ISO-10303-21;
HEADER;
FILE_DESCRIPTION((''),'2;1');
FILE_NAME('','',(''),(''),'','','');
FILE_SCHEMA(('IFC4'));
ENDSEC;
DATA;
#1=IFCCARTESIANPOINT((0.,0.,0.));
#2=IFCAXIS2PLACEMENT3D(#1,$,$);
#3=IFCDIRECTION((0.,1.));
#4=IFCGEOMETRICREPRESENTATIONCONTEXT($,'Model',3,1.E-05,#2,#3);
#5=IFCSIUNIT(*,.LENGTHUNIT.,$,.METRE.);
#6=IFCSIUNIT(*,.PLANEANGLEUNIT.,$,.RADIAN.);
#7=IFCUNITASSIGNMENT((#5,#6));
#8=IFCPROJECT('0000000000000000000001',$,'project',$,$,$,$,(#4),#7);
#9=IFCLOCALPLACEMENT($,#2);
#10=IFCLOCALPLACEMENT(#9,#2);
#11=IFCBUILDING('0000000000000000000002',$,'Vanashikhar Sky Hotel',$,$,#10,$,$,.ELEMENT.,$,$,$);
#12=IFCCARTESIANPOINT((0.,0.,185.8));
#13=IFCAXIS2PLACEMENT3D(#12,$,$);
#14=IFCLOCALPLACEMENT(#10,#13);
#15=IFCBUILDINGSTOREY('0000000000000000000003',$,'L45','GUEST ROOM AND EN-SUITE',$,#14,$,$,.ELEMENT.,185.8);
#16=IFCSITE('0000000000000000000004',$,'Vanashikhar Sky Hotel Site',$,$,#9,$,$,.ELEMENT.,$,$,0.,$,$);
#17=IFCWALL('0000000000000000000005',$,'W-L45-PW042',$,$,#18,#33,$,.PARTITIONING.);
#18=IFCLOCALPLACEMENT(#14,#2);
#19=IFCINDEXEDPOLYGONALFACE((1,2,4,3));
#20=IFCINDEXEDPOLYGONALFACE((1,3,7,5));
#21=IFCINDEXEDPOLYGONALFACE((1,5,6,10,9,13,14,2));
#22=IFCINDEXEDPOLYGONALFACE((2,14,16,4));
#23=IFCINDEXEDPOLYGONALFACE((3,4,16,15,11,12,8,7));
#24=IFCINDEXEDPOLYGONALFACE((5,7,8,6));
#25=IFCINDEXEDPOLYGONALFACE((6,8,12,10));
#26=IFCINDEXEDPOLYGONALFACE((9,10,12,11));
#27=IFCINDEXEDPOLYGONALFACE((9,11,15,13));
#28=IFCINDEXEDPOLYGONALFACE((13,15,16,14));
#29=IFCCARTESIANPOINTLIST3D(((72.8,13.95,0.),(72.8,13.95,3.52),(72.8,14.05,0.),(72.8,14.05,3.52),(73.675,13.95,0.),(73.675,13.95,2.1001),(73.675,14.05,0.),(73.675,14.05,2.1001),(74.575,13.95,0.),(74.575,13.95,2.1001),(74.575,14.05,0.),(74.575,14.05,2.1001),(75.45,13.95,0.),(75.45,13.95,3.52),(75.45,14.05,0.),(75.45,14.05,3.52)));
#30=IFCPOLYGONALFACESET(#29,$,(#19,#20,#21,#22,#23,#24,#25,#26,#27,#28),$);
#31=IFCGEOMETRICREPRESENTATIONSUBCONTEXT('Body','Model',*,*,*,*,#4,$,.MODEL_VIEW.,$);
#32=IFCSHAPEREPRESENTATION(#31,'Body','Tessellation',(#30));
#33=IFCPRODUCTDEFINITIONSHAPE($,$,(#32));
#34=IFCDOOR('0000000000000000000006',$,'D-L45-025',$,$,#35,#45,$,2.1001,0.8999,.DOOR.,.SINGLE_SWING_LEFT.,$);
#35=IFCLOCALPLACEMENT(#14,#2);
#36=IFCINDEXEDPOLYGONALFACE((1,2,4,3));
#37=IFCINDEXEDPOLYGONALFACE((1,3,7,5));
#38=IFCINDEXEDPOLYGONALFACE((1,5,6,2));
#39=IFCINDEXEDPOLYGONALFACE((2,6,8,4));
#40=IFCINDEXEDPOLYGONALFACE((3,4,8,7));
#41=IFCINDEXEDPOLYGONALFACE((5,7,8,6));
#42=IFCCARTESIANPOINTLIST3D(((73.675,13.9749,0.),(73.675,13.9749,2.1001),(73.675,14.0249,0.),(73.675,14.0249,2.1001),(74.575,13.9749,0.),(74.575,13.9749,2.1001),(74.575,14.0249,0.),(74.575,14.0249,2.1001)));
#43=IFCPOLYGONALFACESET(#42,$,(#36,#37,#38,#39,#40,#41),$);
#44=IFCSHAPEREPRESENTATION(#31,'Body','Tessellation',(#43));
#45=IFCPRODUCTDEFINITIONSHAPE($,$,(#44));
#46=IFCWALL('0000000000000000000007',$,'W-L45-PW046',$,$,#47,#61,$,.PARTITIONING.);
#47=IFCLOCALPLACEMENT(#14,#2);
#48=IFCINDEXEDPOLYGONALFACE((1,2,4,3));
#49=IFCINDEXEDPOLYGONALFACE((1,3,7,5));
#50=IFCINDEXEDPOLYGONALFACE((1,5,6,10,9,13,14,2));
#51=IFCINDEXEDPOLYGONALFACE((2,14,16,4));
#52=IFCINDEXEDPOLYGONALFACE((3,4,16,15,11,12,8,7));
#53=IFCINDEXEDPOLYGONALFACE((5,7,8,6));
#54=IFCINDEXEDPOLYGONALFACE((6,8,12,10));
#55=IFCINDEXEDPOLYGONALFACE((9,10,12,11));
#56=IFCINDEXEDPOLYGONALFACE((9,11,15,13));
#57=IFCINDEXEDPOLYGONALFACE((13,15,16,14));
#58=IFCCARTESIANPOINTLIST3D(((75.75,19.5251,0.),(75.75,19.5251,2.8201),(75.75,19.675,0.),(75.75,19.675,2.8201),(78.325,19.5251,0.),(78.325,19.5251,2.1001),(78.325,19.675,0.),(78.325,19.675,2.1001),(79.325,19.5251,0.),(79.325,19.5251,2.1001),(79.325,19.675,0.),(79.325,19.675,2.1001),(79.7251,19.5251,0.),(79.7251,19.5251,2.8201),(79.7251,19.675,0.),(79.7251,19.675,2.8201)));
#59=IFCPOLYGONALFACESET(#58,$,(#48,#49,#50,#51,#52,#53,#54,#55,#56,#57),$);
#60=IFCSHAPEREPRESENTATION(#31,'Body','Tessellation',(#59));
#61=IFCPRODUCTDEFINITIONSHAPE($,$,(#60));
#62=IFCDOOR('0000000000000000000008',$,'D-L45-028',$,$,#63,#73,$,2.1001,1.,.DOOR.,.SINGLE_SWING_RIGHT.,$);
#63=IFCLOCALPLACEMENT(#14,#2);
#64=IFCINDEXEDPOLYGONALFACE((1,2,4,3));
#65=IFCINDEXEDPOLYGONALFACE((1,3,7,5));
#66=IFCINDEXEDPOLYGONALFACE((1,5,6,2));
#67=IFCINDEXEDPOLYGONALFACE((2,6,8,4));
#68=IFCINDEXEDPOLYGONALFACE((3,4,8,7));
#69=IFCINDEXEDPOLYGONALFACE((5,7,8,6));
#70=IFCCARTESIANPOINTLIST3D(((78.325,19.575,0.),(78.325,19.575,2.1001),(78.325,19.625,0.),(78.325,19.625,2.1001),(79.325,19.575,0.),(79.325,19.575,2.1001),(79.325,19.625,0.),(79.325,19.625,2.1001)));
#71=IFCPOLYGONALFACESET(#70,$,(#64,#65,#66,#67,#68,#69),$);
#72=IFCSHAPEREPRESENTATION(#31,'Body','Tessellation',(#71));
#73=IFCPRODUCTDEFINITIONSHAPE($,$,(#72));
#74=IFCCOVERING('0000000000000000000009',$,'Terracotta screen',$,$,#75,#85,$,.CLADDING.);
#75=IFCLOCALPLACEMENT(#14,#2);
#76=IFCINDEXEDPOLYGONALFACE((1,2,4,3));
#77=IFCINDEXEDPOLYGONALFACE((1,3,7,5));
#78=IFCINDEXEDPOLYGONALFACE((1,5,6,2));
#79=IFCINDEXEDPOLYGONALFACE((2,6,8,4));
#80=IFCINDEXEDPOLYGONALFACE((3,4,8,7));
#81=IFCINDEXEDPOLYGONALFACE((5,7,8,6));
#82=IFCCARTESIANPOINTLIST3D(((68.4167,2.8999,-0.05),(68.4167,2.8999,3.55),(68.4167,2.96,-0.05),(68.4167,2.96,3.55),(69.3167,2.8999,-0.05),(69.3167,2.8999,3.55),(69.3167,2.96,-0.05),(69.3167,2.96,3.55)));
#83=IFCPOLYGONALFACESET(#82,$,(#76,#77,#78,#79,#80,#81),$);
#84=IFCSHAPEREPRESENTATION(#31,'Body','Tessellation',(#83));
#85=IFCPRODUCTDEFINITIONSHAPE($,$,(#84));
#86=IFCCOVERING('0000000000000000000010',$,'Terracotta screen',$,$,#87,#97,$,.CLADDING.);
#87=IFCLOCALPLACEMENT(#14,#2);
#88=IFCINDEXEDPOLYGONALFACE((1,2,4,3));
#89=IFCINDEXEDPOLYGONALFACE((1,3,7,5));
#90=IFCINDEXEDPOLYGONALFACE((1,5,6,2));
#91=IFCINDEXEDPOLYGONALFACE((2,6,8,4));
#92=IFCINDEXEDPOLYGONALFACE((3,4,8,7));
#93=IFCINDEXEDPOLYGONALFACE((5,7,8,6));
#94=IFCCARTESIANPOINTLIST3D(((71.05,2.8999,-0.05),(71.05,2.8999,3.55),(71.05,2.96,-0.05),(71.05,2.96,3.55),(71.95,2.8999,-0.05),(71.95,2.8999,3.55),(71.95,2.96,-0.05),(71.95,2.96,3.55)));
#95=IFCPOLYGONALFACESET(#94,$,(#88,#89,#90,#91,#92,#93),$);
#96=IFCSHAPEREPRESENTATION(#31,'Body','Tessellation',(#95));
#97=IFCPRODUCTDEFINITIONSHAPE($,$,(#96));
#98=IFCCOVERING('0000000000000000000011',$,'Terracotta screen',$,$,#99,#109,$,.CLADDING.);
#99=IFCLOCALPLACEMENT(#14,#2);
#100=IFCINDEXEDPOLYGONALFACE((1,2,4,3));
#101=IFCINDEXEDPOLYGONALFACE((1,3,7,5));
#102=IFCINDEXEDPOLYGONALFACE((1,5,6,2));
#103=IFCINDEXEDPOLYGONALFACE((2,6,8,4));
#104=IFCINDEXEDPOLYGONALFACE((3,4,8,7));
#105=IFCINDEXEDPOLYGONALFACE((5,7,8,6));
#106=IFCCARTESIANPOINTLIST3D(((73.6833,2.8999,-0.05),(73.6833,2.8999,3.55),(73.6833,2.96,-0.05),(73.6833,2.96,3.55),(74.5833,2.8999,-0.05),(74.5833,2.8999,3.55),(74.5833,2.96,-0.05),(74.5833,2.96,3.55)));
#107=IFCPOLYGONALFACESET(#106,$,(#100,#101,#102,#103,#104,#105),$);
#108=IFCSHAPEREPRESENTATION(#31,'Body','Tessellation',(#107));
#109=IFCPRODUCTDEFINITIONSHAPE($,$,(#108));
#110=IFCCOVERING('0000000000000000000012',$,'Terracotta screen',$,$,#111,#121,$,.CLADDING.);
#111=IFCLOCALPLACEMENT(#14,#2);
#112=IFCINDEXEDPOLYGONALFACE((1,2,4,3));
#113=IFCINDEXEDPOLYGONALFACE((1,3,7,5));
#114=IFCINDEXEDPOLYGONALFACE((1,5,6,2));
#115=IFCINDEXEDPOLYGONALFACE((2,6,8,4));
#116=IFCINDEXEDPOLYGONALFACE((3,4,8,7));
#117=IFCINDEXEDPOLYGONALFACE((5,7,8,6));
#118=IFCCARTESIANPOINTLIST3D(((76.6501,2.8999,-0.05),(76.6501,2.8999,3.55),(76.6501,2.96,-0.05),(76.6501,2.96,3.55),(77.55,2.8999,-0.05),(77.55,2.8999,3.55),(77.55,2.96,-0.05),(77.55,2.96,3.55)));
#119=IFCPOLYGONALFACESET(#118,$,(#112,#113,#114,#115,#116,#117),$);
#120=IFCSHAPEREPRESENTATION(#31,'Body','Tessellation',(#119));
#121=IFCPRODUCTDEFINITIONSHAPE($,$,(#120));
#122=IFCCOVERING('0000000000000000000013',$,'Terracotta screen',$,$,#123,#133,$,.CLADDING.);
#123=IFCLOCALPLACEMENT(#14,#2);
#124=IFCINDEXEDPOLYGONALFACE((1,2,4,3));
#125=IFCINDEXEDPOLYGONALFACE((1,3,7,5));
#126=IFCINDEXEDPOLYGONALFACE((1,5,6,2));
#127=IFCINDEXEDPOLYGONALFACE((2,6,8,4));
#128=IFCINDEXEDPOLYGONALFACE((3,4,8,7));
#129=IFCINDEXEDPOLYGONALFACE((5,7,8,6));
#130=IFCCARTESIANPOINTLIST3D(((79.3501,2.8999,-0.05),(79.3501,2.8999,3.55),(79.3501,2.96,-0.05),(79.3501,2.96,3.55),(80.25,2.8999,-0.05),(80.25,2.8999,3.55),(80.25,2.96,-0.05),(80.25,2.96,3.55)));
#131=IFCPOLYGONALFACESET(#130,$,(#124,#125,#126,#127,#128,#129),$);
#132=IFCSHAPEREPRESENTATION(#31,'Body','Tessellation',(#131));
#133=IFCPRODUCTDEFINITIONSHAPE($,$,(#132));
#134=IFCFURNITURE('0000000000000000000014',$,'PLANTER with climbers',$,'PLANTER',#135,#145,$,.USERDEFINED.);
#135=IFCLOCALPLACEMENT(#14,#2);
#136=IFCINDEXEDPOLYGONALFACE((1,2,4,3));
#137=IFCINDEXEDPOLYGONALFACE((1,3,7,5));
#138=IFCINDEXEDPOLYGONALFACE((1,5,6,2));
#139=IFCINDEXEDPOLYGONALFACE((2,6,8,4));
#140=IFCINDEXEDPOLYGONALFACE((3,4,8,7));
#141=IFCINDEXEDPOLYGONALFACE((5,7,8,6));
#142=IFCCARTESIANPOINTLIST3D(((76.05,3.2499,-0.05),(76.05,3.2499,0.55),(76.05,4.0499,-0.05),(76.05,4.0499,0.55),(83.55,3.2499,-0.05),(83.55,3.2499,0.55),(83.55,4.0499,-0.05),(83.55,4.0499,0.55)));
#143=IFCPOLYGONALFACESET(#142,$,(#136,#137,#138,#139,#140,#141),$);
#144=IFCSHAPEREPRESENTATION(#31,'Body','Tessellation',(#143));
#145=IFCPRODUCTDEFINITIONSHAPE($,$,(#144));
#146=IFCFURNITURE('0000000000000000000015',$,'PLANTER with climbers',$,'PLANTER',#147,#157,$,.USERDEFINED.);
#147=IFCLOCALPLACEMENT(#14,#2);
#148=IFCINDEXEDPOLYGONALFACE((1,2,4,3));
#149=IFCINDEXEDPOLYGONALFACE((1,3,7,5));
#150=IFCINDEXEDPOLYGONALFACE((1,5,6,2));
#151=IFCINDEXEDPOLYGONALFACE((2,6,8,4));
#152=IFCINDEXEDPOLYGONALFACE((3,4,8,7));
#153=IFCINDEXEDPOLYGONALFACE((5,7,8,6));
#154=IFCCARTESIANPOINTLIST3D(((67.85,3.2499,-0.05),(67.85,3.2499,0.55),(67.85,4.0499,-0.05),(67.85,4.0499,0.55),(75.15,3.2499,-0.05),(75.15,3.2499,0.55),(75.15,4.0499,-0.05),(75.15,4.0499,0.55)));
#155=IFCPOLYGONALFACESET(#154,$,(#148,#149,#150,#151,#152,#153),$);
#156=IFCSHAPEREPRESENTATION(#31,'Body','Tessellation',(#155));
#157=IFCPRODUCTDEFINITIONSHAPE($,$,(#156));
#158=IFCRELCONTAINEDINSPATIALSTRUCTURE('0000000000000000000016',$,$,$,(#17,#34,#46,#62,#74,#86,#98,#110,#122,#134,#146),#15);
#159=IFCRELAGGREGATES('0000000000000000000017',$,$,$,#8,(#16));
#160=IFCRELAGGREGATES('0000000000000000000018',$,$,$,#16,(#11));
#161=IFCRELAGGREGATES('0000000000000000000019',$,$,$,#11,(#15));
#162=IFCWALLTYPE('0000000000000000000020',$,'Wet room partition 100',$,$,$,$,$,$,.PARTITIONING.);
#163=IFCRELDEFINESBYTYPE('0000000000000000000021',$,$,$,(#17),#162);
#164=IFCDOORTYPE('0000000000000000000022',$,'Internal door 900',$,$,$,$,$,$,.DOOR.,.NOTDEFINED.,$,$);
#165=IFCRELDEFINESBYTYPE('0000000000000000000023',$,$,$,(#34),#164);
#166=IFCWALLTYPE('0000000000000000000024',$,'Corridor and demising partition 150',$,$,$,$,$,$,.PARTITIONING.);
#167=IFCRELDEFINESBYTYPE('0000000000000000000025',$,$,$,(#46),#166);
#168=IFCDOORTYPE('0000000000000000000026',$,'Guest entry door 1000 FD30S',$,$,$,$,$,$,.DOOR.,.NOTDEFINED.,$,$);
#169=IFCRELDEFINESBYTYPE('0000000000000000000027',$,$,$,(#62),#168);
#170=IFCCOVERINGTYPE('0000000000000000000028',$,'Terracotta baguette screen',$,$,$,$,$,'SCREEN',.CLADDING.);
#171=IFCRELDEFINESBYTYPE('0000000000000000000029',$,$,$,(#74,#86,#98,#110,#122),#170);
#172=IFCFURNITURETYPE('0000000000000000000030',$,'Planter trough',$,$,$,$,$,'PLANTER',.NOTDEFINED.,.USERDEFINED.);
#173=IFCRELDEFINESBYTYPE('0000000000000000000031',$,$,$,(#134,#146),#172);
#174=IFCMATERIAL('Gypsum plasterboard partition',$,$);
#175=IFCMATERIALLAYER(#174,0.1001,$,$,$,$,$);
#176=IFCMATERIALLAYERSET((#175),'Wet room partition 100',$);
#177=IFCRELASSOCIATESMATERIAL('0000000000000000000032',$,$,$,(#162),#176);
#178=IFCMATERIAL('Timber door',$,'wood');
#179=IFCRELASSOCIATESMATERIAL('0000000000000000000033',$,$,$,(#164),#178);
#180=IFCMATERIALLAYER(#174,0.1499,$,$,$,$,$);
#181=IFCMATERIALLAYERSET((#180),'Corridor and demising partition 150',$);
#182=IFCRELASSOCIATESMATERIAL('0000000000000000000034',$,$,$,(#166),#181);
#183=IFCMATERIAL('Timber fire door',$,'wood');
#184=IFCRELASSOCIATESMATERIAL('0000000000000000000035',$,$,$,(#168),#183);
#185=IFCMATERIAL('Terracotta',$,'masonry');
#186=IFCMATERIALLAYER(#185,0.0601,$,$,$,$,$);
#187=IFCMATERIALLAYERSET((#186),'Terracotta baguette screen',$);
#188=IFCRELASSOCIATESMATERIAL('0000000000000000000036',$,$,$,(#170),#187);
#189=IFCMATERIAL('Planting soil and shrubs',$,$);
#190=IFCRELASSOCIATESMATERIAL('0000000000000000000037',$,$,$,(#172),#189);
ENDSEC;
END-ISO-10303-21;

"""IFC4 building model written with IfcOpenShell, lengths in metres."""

from ifc_helpers import new_model, si_unit, direction, frame, frame_2d, origin, origin_2d, place, context, subcontext, project, spatial, rectangle, extrude, source, transform, mapped, material, layer, layer_set, type_object, element, fill, save


model = new_model("IFC4")

# Units and contexts
model_context = context("Model", 3, precision=1e-05, world=origin(), true_north=direction((0.0, 1.0)))
body_context = subcontext(model_context, "Body", "Model", "MODEL_VIEW")
ifc_project = project(units=[si_unit("LENGTHUNIT", "METRE"), si_unit("PLANEANGLEUNIT", "RADIAN")], contexts=[model_context])

# Site, building, storey
site_placement = place(None, origin())
site = spatial("IfcSite", under=ifc_project, at=site_placement, Name="Vanashikhar Sky Hotel Site", CompositionType="ELEMENT", RefElevation=0.0)
building_placement = place(site_placement, origin())
building = spatial("IfcBuilding", under=site, at=building_placement, Name="Vanashikhar Sky Hotel", CompositionType="ELEMENT")
storey_placement = place(building_placement, frame((0.0, 0.0, 185.8)))
storey = spatial("IfcBuildingStorey", under=building, at=storey_placement, Name="L45", Description="GUEST ROOM AND EN-SUITE", CompositionType="ELEMENT", Elevation=185.8)

# Shared definitions
ifc_material_1 = material(Name="Gypsum plasterboard partition")
ifc_layer_1 = layer(ifc_material_1, 0.1001)
ifc_layer_set_1 = layer_set([ifc_layer_1], Name="Wet room partition 100")
wall_type_1 = type_object("IfcWallType", Name="Wet room partition 100", PredefinedType="PARTITIONING", material=ifc_layer_set_1)
shared_shape_1 = source(origin(), body_context, "Body", "SweptSolid", [
    extrude(rectangle(XDim=0.8999, YDim=2.1001, at=frame_2d((0.45, 1.05))), frame((0.0, 0.0601, 0.0), z_axis=(0.0, -1.0, 0.0), x_axis=(1.0, 0.0, 0.0)), (0.0, 0.0, 1.0), 0.1201),
])
ifc_material_2 = material(Name="Timber door", Category="wood")
door_type_1 = type_object("IfcDoorType", Name="Internal door 900", OperationType="NOTDEFINED", PredefinedType="DOOR", material=ifc_material_2)
shared_shape_2 = source(origin(), body_context, "Body", "SweptSolid", [
    extrude(rectangle(XDim=0.8999, YDim=2.1001, at=frame_2d((0.45, 1.05))), frame((0.0, 0.0249, 0.0), z_axis=(0.0, -1.0, 0.0), x_axis=(1.0, 0.0, 0.0)), (0.0, 0.0, 1.0), 0.05),
])

# Shared definitions
ifc_layer_2 = layer(ifc_material_1, 0.1499)
ifc_layer_set_2 = layer_set([ifc_layer_2], Name="Corridor and demising partition 150")
wall_type_2 = type_object("IfcWallType", Name="Corridor and demising partition 150", PredefinedType="PARTITIONING", material=ifc_layer_set_2)

# Walls, openings, doors
shared_shape_3 = source(origin(), body_context, "Body", "SweptSolid", [
    extrude(rectangle(XDim=2.6499, YDim=0.1001, at=frame_2d((1.325, 0.0))), origin(), (0.0, 0.0, 1.0), 3.52),
])
wall_1_placement = place(storey_placement, frame((72.8, 14.0, 0.0), z_axis=(0.0, 0.0, 1.0), x_axis=(1.0, 0.0, 0.0)))
wall_1 = element("IfcWall", 1, at=wall_1_placement, inside=storey, type_object=wall_type_1, Name="W-L45-PW042", PredefinedType="PARTITIONING", context=body_context, shape_type="MappedRepresentation", body=[
    mapped(shared_shape_3, transform((0.0, 0.0, 0.0), scale=1.0)),
])
opening_1_placement = place(wall_1_placement, frame((0.875, 0.0, 0.0)))
opening_1 = element("IfcOpeningElement", 2, at=opening_1_placement, cuts=wall_1, PredefinedType="OPENING", context=body_context, shape_type="MappedRepresentation", body=[
    mapped(shared_shape_1, transform((0.0, 0.0, 0.0), scale=1.0)),
])
door_1_placement = place(opening_1_placement, origin())
door_1 = element("IfcDoor", 3, at=door_1_placement, inside=storey, type_object=door_type_1, Name="D-L45-025", OperationType="SINGLE_SWING_LEFT", OverallHeight=2.1001, OverallWidth=0.8999, PredefinedType="DOOR", context=body_context, shape_type="MappedRepresentation", body=[
    mapped(shared_shape_2, transform((0.0, 0.0, 0.0), scale=1.0)),
])
fill(opening_1, door_1)
shared_shape_4 = source(origin(), body_context, "Body", "SweptSolid", [
    extrude(rectangle(XDim=3.9751, YDim=0.1499, at=frame_2d((1.9875, 0.0))), origin(), (0.0, 0.0, 1.0), 2.8201),
])
wall_2_placement = place(storey_placement, frame((75.75, 19.6001, 0.0), z_axis=(0.0, 0.0, 1.0), x_axis=(1.0, 0.0, 0.0)))
wall_2 = element("IfcWall", 4, at=wall_2_placement, inside=storey, type_object=wall_type_2, Name="W-L45-PW046", PredefinedType="PARTITIONING", context=body_context, shape_type="MappedRepresentation", body=[
    mapped(shared_shape_4, transform((0.0, 0.0, 0.0), scale=1.0)),
])
shared_shape_5 = source(origin(), body_context, "Body", "SweptSolid", [
    extrude(rectangle(XDim=1.0, YDim=2.1001, at=frame_2d((0.5, 1.05))), frame((0.0, 0.085, 0.0), z_axis=(0.0, -1.0, 0.0), x_axis=(1.0, 0.0, 0.0)), (0.0, 0.0, 1.0), 0.1699),
])
opening_2_placement = place(wall_2_placement, frame((2.575, 0.0, 0.0)))
opening_2 = element("IfcOpeningElement", 5, at=opening_2_placement, cuts=wall_2, PredefinedType="OPENING", context=body_context, shape_type="MappedRepresentation", body=[
    mapped(shared_shape_5, transform((0.0, 0.0, 0.0), scale=1.0)),
])
ifc_material_3 = material(Name="Timber fire door", Category="wood")
door_type_2 = type_object("IfcDoorType", Name="Guest entry door 1000 FD30S", OperationType="NOTDEFINED", PredefinedType="DOOR", material=ifc_material_3)
shared_shape_6 = source(origin(), body_context, "Body", "SweptSolid", [
    extrude(rectangle(XDim=1.0, YDim=2.1001, at=frame_2d((0.5, 1.05))), frame((0.0, 0.0249, 0.0), z_axis=(0.0, -1.0, 0.0), x_axis=(1.0, 0.0, 0.0)), (0.0, 0.0, 1.0), 0.05),
])
door_2_placement = place(opening_2_placement, origin())
door_2 = element("IfcDoor", 6, at=door_2_placement, inside=storey, type_object=door_type_2, Name="D-L45-028", OperationType="SINGLE_SWING_RIGHT", OverallHeight=2.1001, OverallWidth=1.0, PredefinedType="DOOR", context=body_context, shape_type="MappedRepresentation", body=[
    mapped(shared_shape_6, transform((0.0, 0.0, 0.0), scale=1.0)),
])
fill(opening_2, door_2)

# Coverings
ifc_material_4 = material(Name="Terracotta", Category="masonry")
ifc_layer_3 = layer(ifc_material_4, 0.0601)
ifc_layer_set_3 = layer_set([ifc_layer_3], Name="Terracotta baguette screen")
covering_type = type_object("IfcCoveringType", Name="Terracotta baguette screen", ElementType="SCREEN", PredefinedType="CLADDING", material=ifc_layer_set_3)
shared_shape_7 = source(origin(), body_context, "Body", "SweptSolid", [
    extrude(rectangle(XDim=0.8999, YDim=0.0601, at=origin_2d()), origin(), (0.0, 0.0, 1.0), 3.6001),
])
for number, where, z_axis, x_axis, name in (
    (7, (68.8667, 2.9299, -0.05), (0.0, 0.0, 1.0), (1.0, 0.0, 0.0), "Terracotta screen"),
    (8, (71.5, 2.9299, -0.05), (0.0, 0.0, 1.0), (1.0, 0.0, 0.0), "Terracotta screen"),
    (9, (74.1333, 2.9299, -0.05), (0.0, 0.0, 1.0), (1.0, 0.0, 0.0), "Terracotta screen"),
    (10, (77.1001, 2.9299, -0.05), (0.0, 0.0, 1.0), (1.0, 0.0, 0.0), "Terracotta screen"),
    (11, (79.8, 2.9299, -0.05), (0.0, 0.0, 1.0), (1.0, 0.0, 0.0), "Terracotta screen"),
):
    element("IfcCovering", number, at=place(storey_placement, frame(where, z_axis=z_axis, x_axis=x_axis)), inside=storey, type_object=covering_type, Name=name, PredefinedType="CLADDING", context=body_context, shape_type="MappedRepresentation", body=[
        mapped(shared_shape_7, transform((0.0, 0.0, 0.0), scale=1.0)),
    ])

# Furniture
ifc_material_5 = material(Name="Planting soil and shrubs")
furniture_type = type_object("IfcFurnitureType", Name="Planter trough", ElementType="PLANTER", AssemblyPlace="NOTDEFINED", PredefinedType="USERDEFINED", material=ifc_material_5)
shared_shape_8 = source(origin(), body_context, "Body", "SweptSolid", [
    extrude(rectangle(XDim=7.5, YDim=0.8, at=origin_2d()), origin(), (0.0, 0.0, 1.0), 0.6001),
])
furniture_1_placement = place(storey_placement, frame((79.8, 3.6499, -0.05), z_axis=(0.0, 0.0, 1.0), x_axis=(1.0, 0.0, 0.0)))
element("IfcFurniture", 12, at=furniture_1_placement, inside=storey, type_object=furniture_type, Name="PLANTER with climbers", ObjectType="PLANTER", PredefinedType="USERDEFINED", context=body_context, shape_type="MappedRepresentation", body=[
    mapped(shared_shape_8, transform((0.0, 0.0, 0.0), scale=1.0)),
])
shared_shape_9 = source(origin(), body_context, "Body", "SweptSolid", [
    extrude(rectangle(XDim=7.3, YDim=0.8, at=origin_2d()), origin(), (0.0, 0.0, 1.0), 0.6001),
])
furniture_2_placement = place(storey_placement, frame((71.5, 3.6499, -0.05), z_axis=(0.0, 0.0, 1.0), x_axis=(1.0, 0.0, 0.0)))
element("IfcFurniture", 13, at=furniture_2_placement, inside=storey, type_object=furniture_type, Name="PLANTER with climbers", ObjectType="PLANTER", PredefinedType="USERDEFINED", context=body_context, shape_type="MappedRepresentation", body=[
    mapped(shared_shape_9, transform((0.0, 0.0, 0.0), scale=1.0)),
])

save(model, "model.ifc")
